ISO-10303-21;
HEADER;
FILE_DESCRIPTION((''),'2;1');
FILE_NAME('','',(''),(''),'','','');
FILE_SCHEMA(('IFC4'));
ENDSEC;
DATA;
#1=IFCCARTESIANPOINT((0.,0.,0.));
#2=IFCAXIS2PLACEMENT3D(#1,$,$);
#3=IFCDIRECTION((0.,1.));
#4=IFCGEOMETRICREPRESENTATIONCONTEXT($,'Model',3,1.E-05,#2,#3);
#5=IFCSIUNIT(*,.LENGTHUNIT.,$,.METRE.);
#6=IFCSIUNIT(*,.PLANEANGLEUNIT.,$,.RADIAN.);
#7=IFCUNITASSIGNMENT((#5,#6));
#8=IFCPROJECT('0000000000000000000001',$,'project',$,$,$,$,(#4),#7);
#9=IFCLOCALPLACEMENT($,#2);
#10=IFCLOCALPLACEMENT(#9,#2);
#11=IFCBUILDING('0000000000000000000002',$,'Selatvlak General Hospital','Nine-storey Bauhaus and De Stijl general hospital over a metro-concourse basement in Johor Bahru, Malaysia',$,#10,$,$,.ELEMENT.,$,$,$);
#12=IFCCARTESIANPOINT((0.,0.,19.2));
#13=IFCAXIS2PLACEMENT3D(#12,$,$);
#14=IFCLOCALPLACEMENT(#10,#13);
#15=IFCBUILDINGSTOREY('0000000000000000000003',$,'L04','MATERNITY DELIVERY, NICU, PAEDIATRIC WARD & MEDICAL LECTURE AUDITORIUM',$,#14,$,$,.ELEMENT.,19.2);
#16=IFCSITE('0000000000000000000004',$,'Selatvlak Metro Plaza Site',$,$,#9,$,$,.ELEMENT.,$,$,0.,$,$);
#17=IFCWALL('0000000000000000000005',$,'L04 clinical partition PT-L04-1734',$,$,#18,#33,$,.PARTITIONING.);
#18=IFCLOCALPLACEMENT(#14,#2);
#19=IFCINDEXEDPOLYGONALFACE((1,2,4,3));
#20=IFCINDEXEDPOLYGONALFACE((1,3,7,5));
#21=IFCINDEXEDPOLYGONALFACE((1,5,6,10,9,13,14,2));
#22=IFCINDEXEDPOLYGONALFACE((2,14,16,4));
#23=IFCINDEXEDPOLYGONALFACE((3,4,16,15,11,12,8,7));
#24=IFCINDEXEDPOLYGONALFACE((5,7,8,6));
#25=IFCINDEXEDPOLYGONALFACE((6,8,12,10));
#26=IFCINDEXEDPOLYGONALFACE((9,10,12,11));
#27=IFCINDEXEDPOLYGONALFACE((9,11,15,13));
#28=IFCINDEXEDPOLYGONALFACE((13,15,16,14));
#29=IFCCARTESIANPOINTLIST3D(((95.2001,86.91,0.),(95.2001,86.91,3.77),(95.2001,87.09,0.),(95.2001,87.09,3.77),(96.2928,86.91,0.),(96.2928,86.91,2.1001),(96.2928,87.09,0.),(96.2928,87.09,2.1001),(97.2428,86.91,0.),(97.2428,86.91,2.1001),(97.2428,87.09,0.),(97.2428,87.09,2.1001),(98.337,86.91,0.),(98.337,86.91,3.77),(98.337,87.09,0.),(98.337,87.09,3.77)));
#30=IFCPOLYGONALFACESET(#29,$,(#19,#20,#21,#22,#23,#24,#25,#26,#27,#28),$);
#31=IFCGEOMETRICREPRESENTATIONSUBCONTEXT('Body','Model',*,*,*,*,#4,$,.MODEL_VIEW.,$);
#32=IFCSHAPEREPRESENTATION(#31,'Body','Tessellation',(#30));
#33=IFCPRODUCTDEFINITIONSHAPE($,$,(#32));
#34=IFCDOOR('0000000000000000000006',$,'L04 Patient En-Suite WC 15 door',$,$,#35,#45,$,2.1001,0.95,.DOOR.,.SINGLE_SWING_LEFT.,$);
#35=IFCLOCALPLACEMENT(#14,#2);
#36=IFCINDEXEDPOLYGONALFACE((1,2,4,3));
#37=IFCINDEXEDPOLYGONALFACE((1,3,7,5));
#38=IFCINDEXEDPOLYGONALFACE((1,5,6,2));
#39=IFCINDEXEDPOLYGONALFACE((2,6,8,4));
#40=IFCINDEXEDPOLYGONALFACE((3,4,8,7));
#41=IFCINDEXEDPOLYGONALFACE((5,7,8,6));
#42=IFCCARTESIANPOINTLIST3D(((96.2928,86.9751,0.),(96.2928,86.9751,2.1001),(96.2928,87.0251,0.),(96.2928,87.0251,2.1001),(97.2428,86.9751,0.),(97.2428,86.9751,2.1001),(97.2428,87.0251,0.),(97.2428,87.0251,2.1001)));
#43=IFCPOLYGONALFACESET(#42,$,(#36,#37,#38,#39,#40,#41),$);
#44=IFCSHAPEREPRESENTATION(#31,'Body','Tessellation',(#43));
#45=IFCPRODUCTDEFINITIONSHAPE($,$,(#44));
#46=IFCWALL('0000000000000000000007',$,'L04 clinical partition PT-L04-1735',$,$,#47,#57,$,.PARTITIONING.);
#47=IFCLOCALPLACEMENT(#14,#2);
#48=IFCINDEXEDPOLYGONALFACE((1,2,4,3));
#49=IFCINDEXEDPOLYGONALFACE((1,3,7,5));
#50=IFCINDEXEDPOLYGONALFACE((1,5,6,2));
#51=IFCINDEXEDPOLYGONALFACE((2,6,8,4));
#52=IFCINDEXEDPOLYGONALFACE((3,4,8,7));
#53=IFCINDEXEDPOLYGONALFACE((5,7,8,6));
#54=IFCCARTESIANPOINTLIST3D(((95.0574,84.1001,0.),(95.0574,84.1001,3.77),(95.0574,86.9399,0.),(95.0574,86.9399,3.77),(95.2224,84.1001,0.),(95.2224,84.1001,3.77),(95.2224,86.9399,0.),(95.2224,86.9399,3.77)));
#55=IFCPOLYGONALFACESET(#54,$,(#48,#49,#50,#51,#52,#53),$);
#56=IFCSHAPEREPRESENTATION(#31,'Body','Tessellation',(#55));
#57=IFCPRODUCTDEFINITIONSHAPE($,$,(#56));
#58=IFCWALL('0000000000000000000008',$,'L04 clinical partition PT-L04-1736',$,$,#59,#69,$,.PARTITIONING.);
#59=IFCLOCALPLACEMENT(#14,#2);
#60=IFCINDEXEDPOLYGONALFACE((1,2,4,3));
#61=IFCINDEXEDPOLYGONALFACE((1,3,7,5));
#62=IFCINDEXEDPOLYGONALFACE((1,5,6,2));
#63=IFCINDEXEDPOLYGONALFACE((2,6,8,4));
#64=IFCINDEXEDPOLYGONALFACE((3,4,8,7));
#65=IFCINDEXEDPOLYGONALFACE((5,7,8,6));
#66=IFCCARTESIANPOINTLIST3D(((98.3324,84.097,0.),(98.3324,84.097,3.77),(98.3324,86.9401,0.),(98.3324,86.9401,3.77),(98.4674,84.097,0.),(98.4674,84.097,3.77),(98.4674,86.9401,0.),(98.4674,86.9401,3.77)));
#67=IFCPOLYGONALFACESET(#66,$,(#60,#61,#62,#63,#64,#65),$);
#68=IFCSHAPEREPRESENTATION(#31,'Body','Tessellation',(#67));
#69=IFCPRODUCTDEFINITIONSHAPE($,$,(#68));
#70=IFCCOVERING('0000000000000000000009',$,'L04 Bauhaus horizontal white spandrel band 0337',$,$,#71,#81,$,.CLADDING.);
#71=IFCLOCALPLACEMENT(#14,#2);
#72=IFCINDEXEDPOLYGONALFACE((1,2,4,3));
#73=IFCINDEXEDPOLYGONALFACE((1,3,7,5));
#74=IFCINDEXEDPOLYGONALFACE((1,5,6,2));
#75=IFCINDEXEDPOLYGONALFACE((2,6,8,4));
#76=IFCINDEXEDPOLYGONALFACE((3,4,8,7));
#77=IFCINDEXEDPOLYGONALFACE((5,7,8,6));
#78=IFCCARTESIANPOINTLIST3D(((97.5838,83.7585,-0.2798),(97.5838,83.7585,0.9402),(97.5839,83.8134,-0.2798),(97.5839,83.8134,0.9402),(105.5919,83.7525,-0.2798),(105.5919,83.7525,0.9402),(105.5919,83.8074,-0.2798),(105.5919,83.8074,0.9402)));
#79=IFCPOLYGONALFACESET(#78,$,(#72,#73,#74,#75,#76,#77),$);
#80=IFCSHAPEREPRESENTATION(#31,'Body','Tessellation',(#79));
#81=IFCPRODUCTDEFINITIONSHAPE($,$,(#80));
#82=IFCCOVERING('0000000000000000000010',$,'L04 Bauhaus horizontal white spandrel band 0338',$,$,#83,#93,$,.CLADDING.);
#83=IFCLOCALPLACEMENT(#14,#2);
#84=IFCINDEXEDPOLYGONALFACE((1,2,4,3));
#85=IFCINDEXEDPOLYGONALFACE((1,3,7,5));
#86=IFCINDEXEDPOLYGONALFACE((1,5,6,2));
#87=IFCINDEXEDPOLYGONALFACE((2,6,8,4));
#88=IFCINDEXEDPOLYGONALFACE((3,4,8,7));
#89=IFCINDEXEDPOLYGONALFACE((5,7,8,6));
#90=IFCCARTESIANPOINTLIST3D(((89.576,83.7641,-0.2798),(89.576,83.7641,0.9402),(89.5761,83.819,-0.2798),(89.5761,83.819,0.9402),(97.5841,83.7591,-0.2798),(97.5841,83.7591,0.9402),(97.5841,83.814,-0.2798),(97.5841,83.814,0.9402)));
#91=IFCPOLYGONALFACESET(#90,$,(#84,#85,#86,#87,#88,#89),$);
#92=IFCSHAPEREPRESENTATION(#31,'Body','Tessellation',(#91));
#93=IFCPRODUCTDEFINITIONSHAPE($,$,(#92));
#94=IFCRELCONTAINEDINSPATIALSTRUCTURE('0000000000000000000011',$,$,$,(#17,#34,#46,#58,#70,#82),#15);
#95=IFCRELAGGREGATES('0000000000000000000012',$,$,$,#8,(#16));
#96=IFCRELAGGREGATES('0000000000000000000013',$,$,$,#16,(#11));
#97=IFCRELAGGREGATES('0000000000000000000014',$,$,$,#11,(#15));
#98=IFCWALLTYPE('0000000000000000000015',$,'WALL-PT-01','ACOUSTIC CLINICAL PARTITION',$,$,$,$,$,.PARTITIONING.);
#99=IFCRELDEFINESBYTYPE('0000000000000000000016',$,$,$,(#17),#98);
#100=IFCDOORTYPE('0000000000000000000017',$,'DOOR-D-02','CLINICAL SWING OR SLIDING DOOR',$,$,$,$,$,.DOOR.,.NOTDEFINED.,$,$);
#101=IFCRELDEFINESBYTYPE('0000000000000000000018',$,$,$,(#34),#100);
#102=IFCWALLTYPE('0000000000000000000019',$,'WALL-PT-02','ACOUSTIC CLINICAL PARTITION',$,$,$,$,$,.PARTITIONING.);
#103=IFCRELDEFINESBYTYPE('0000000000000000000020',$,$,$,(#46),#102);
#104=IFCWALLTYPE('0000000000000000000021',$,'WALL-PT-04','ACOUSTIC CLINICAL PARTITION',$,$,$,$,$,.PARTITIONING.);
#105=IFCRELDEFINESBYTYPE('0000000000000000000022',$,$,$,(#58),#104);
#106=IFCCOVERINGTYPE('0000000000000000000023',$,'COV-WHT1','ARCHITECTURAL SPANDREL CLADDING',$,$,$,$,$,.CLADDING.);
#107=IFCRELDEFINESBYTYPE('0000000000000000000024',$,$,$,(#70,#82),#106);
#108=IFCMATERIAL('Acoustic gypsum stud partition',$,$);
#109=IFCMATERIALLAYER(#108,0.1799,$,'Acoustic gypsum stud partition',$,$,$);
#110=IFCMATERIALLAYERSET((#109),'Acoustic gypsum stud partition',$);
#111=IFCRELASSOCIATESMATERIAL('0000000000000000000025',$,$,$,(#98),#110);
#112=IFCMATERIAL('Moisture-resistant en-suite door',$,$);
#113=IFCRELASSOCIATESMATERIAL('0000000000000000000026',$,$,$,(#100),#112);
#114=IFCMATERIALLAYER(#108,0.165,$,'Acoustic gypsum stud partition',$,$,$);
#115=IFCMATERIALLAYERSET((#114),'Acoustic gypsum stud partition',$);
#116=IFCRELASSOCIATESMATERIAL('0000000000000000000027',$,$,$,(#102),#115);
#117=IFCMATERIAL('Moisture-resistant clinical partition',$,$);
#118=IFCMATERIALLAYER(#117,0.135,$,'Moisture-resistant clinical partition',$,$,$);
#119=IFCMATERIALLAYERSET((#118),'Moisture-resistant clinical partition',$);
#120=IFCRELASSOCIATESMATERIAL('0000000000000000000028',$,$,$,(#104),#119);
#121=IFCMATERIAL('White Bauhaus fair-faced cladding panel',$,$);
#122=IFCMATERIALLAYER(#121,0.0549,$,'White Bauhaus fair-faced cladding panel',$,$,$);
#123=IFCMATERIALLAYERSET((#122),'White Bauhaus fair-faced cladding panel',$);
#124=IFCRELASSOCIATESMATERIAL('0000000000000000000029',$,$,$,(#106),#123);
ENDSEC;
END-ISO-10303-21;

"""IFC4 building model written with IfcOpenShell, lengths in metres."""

from ifc_helpers import new_model, si_unit, direction, frame, frame_2d, origin, origin_2d, place, context, subcontext, project, spatial, rectangle, extrude, material, layer, layer_set, type_object, element, fill, save


model = new_model("IFC4")

# Units and contexts
model_context = context("Model", 3, precision=1e-05, world=origin(), true_north=direction((0.0, 1.0)))
body_context = subcontext(model_context, "Body", "Model", "MODEL_VIEW")
ifc_project = project(units=[si_unit("LENGTHUNIT", "METRE"), si_unit("PLANEANGLEUNIT", "RADIAN")], contexts=[model_context])

# Site, building, storey
site_placement = place(None, origin())
site = spatial("IfcSite", under=ifc_project, at=site_placement, Name="Selatvlak Metro Plaza Site", CompositionType="ELEMENT", RefElevation=0.0)
building_placement = place(site_placement, origin())
building = spatial("IfcBuilding", under=site, at=building_placement, Name="Selatvlak General Hospital", Description="Nine-storey Bauhaus and De Stijl general hospital over a metro-concourse basement in Johor Bahru, Malaysia", CompositionType="ELEMENT")
storey_placement = place(building_placement, frame((0.0, 0.0, 19.2)))
storey = spatial("IfcBuildingStorey", under=building, at=storey_placement, Name="L04", Description="MATERNITY DELIVERY, NICU, PAEDIATRIC WARD & MEDICAL LECTURE AUDITORIUM", CompositionType="ELEMENT", Elevation=19.2)

# Wall, opening, door
ifc_material_1 = material(Name="Acoustic gypsum stud partition")
ifc_layer_1 = layer(ifc_material_1, 0.1799, Name="Acoustic gypsum stud partition")
ifc_layer_set_1 = layer_set([ifc_layer_1], Name="Acoustic gypsum stud partition")
wall_type_1 = type_object("IfcWallType", Name="WALL-PT-01", Description="ACOUSTIC CLINICAL PARTITION", PredefinedType="PARTITIONING", material=ifc_layer_set_1)
wall_1_placement = place(storey_placement, frame((98.3369, 87.0, 0.0), z_axis=(0.0, 0.0, 1.0), x_axis=(-1.0, 0.0, 0.0)))
wall_1 = element("IfcWall", 1, at=wall_1_placement, inside=storey, type_object=wall_type_1, Name="L04 clinical partition PT-L04-1734", PredefinedType="PARTITIONING", context=body_context, shape_type="SweptSolid", body=[
    extrude(rectangle(XDim=3.137, YDim=0.1799, at=frame_2d((1.5684, 0.0))), origin(), (0.0, 0.0, 1.0), 3.77),
])
opening_1_placement = place(wall_1_placement, frame((1.094, 0.0, 0.0)))
opening_1 = element("IfcOpeningElement", 2, at=opening_1_placement, cuts=wall_1, PredefinedType="OPENING", context=body_context, shape_type="SweptSolid", body=[
    extrude(rectangle(XDim=0.95, YDim=2.1001, at=frame_2d((0.4751, 1.05))), frame((0.0, 0.0999, 0.0), z_axis=(0.0, -1.0, 0.0), x_axis=(1.0, 0.0, 0.0)), (0.0, 0.0, 1.0), 0.2),
])
ifc_material_2 = material(Name="Moisture-resistant en-suite door")
door_type = type_object("IfcDoorType", Name="DOOR-D-02", Description="CLINICAL SWING OR SLIDING DOOR", OperationType="NOTDEFINED", PredefinedType="DOOR", material=ifc_material_2)
door_placement = place(opening_1_placement, origin())
door = element("IfcDoor", 3, at=door_placement, inside=storey, type_object=door_type, Name="L04 Patient En-Suite WC 15 door", OperationType="SINGLE_SWING_LEFT", OverallHeight=2.1001, OverallWidth=0.95, PredefinedType="DOOR", context=body_context, shape_type="SweptSolid", body=[
    extrude(rectangle(XDim=0.95, YDim=2.1001, at=frame_2d((0.4751, 1.05))), frame((0.0, 0.0249, 0.0), z_axis=(0.0, -1.0, 0.0), x_axis=(1.0, 0.0, 0.0)), (0.0, 0.0, 1.0), 0.05),
])
fill(opening_1, door)

# Walls
ifc_layer_2 = layer(ifc_material_1, 0.165, Name="Acoustic gypsum stud partition")
ifc_layer_set_2 = layer_set([ifc_layer_2], Name="Acoustic gypsum stud partition")
wall_type_2 = type_object("IfcWallType", Name="WALL-PT-02", Description="ACOUSTIC CLINICAL PARTITION", PredefinedType="PARTITIONING", material=ifc_layer_set_2)
wall_2_placement = place(storey_placement, frame((95.1399, 86.9399, 0.0), z_axis=(0.0, 0.0, 1.0), x_axis=(0.0, -1.0, 0.0)))
element("IfcWall", 4, at=wall_2_placement, inside=storey, type_object=wall_type_2, Name="L04 clinical partition PT-L04-1735", PredefinedType="PARTITIONING", context=body_context, shape_type="SweptSolid", body=[
    extrude(rectangle(XDim=2.8398, YDim=0.165, at=frame_2d((1.4199, 0.0))), origin(), (0.0, 0.0, 1.0), 3.77),
])
ifc_material_3 = material(Name="Moisture-resistant clinical partition")
ifc_layer_3 = layer(ifc_material_3, 0.135, Name="Moisture-resistant clinical partition")
ifc_layer_set_3 = layer_set([ifc_layer_3], Name="Moisture-resistant clinical partition")
wall_type_3 = type_object("IfcWallType", Name="WALL-PT-04", Description="ACOUSTIC CLINICAL PARTITION", PredefinedType="PARTITIONING", material=ifc_layer_set_3)
wall_3_placement = place(storey_placement, frame((98.3999, 86.9399, 0.0), z_axis=(0.0, 0.0, 1.0), x_axis=(0.0, -1.0, 0.0)))
element("IfcWall", 5, at=wall_3_placement, inside=storey, type_object=wall_type_3, Name="L04 clinical partition PT-L04-1736", PredefinedType="PARTITIONING", context=body_context, shape_type="SweptSolid", body=[
    extrude(rectangle(XDim=2.843, YDim=0.135, at=frame_2d((1.4214, 0.0))), origin(), (0.0, 0.0, 1.0), 3.77),
])

# Coverings
ifc_material_4 = material(Name="White Bauhaus fair-faced cladding panel")
ifc_layer_4 = layer(ifc_material_4, 0.0549, Name="White Bauhaus fair-faced cladding panel")
ifc_layer_set_4 = layer_set([ifc_layer_4], Name="White Bauhaus fair-faced cladding panel")
covering_type = type_object("IfcCoveringType", Name="COV-WHT1", Description="ARCHITECTURAL SPANDREL CLADDING", PredefinedType="CLADDING", material=ifc_layer_set_4)
for number, where, z_axis, x_axis, name in (
    (6, (101.5879, 83.783, -0.2798), (0.0, 0.0, 1.0), (-1.0, 0.00075, 0.0), "L04 Bauhaus horizontal white spandrel band 0337"),
    (7, (93.5801, 83.7891, -0.2798), (0.0, 0.0, 1.0), (-1.0, 0.000628, 0.0), "L04 Bauhaus horizontal white spandrel band 0338"),
):
    element("IfcCovering", number, at=place(storey_placement, frame(where, z_axis=z_axis, x_axis=x_axis)), inside=storey, type_object=covering_type, Name=name, PredefinedType="CLADDING", context=body_context, shape_type="SweptSolid", body=[
        extrude(rectangle(XDim=8.0081, YDim=0.0549, at=origin_2d()), origin(), (0.0, 0.0, 1.0), 1.22),
    ])

save(model, "model.ifc")
